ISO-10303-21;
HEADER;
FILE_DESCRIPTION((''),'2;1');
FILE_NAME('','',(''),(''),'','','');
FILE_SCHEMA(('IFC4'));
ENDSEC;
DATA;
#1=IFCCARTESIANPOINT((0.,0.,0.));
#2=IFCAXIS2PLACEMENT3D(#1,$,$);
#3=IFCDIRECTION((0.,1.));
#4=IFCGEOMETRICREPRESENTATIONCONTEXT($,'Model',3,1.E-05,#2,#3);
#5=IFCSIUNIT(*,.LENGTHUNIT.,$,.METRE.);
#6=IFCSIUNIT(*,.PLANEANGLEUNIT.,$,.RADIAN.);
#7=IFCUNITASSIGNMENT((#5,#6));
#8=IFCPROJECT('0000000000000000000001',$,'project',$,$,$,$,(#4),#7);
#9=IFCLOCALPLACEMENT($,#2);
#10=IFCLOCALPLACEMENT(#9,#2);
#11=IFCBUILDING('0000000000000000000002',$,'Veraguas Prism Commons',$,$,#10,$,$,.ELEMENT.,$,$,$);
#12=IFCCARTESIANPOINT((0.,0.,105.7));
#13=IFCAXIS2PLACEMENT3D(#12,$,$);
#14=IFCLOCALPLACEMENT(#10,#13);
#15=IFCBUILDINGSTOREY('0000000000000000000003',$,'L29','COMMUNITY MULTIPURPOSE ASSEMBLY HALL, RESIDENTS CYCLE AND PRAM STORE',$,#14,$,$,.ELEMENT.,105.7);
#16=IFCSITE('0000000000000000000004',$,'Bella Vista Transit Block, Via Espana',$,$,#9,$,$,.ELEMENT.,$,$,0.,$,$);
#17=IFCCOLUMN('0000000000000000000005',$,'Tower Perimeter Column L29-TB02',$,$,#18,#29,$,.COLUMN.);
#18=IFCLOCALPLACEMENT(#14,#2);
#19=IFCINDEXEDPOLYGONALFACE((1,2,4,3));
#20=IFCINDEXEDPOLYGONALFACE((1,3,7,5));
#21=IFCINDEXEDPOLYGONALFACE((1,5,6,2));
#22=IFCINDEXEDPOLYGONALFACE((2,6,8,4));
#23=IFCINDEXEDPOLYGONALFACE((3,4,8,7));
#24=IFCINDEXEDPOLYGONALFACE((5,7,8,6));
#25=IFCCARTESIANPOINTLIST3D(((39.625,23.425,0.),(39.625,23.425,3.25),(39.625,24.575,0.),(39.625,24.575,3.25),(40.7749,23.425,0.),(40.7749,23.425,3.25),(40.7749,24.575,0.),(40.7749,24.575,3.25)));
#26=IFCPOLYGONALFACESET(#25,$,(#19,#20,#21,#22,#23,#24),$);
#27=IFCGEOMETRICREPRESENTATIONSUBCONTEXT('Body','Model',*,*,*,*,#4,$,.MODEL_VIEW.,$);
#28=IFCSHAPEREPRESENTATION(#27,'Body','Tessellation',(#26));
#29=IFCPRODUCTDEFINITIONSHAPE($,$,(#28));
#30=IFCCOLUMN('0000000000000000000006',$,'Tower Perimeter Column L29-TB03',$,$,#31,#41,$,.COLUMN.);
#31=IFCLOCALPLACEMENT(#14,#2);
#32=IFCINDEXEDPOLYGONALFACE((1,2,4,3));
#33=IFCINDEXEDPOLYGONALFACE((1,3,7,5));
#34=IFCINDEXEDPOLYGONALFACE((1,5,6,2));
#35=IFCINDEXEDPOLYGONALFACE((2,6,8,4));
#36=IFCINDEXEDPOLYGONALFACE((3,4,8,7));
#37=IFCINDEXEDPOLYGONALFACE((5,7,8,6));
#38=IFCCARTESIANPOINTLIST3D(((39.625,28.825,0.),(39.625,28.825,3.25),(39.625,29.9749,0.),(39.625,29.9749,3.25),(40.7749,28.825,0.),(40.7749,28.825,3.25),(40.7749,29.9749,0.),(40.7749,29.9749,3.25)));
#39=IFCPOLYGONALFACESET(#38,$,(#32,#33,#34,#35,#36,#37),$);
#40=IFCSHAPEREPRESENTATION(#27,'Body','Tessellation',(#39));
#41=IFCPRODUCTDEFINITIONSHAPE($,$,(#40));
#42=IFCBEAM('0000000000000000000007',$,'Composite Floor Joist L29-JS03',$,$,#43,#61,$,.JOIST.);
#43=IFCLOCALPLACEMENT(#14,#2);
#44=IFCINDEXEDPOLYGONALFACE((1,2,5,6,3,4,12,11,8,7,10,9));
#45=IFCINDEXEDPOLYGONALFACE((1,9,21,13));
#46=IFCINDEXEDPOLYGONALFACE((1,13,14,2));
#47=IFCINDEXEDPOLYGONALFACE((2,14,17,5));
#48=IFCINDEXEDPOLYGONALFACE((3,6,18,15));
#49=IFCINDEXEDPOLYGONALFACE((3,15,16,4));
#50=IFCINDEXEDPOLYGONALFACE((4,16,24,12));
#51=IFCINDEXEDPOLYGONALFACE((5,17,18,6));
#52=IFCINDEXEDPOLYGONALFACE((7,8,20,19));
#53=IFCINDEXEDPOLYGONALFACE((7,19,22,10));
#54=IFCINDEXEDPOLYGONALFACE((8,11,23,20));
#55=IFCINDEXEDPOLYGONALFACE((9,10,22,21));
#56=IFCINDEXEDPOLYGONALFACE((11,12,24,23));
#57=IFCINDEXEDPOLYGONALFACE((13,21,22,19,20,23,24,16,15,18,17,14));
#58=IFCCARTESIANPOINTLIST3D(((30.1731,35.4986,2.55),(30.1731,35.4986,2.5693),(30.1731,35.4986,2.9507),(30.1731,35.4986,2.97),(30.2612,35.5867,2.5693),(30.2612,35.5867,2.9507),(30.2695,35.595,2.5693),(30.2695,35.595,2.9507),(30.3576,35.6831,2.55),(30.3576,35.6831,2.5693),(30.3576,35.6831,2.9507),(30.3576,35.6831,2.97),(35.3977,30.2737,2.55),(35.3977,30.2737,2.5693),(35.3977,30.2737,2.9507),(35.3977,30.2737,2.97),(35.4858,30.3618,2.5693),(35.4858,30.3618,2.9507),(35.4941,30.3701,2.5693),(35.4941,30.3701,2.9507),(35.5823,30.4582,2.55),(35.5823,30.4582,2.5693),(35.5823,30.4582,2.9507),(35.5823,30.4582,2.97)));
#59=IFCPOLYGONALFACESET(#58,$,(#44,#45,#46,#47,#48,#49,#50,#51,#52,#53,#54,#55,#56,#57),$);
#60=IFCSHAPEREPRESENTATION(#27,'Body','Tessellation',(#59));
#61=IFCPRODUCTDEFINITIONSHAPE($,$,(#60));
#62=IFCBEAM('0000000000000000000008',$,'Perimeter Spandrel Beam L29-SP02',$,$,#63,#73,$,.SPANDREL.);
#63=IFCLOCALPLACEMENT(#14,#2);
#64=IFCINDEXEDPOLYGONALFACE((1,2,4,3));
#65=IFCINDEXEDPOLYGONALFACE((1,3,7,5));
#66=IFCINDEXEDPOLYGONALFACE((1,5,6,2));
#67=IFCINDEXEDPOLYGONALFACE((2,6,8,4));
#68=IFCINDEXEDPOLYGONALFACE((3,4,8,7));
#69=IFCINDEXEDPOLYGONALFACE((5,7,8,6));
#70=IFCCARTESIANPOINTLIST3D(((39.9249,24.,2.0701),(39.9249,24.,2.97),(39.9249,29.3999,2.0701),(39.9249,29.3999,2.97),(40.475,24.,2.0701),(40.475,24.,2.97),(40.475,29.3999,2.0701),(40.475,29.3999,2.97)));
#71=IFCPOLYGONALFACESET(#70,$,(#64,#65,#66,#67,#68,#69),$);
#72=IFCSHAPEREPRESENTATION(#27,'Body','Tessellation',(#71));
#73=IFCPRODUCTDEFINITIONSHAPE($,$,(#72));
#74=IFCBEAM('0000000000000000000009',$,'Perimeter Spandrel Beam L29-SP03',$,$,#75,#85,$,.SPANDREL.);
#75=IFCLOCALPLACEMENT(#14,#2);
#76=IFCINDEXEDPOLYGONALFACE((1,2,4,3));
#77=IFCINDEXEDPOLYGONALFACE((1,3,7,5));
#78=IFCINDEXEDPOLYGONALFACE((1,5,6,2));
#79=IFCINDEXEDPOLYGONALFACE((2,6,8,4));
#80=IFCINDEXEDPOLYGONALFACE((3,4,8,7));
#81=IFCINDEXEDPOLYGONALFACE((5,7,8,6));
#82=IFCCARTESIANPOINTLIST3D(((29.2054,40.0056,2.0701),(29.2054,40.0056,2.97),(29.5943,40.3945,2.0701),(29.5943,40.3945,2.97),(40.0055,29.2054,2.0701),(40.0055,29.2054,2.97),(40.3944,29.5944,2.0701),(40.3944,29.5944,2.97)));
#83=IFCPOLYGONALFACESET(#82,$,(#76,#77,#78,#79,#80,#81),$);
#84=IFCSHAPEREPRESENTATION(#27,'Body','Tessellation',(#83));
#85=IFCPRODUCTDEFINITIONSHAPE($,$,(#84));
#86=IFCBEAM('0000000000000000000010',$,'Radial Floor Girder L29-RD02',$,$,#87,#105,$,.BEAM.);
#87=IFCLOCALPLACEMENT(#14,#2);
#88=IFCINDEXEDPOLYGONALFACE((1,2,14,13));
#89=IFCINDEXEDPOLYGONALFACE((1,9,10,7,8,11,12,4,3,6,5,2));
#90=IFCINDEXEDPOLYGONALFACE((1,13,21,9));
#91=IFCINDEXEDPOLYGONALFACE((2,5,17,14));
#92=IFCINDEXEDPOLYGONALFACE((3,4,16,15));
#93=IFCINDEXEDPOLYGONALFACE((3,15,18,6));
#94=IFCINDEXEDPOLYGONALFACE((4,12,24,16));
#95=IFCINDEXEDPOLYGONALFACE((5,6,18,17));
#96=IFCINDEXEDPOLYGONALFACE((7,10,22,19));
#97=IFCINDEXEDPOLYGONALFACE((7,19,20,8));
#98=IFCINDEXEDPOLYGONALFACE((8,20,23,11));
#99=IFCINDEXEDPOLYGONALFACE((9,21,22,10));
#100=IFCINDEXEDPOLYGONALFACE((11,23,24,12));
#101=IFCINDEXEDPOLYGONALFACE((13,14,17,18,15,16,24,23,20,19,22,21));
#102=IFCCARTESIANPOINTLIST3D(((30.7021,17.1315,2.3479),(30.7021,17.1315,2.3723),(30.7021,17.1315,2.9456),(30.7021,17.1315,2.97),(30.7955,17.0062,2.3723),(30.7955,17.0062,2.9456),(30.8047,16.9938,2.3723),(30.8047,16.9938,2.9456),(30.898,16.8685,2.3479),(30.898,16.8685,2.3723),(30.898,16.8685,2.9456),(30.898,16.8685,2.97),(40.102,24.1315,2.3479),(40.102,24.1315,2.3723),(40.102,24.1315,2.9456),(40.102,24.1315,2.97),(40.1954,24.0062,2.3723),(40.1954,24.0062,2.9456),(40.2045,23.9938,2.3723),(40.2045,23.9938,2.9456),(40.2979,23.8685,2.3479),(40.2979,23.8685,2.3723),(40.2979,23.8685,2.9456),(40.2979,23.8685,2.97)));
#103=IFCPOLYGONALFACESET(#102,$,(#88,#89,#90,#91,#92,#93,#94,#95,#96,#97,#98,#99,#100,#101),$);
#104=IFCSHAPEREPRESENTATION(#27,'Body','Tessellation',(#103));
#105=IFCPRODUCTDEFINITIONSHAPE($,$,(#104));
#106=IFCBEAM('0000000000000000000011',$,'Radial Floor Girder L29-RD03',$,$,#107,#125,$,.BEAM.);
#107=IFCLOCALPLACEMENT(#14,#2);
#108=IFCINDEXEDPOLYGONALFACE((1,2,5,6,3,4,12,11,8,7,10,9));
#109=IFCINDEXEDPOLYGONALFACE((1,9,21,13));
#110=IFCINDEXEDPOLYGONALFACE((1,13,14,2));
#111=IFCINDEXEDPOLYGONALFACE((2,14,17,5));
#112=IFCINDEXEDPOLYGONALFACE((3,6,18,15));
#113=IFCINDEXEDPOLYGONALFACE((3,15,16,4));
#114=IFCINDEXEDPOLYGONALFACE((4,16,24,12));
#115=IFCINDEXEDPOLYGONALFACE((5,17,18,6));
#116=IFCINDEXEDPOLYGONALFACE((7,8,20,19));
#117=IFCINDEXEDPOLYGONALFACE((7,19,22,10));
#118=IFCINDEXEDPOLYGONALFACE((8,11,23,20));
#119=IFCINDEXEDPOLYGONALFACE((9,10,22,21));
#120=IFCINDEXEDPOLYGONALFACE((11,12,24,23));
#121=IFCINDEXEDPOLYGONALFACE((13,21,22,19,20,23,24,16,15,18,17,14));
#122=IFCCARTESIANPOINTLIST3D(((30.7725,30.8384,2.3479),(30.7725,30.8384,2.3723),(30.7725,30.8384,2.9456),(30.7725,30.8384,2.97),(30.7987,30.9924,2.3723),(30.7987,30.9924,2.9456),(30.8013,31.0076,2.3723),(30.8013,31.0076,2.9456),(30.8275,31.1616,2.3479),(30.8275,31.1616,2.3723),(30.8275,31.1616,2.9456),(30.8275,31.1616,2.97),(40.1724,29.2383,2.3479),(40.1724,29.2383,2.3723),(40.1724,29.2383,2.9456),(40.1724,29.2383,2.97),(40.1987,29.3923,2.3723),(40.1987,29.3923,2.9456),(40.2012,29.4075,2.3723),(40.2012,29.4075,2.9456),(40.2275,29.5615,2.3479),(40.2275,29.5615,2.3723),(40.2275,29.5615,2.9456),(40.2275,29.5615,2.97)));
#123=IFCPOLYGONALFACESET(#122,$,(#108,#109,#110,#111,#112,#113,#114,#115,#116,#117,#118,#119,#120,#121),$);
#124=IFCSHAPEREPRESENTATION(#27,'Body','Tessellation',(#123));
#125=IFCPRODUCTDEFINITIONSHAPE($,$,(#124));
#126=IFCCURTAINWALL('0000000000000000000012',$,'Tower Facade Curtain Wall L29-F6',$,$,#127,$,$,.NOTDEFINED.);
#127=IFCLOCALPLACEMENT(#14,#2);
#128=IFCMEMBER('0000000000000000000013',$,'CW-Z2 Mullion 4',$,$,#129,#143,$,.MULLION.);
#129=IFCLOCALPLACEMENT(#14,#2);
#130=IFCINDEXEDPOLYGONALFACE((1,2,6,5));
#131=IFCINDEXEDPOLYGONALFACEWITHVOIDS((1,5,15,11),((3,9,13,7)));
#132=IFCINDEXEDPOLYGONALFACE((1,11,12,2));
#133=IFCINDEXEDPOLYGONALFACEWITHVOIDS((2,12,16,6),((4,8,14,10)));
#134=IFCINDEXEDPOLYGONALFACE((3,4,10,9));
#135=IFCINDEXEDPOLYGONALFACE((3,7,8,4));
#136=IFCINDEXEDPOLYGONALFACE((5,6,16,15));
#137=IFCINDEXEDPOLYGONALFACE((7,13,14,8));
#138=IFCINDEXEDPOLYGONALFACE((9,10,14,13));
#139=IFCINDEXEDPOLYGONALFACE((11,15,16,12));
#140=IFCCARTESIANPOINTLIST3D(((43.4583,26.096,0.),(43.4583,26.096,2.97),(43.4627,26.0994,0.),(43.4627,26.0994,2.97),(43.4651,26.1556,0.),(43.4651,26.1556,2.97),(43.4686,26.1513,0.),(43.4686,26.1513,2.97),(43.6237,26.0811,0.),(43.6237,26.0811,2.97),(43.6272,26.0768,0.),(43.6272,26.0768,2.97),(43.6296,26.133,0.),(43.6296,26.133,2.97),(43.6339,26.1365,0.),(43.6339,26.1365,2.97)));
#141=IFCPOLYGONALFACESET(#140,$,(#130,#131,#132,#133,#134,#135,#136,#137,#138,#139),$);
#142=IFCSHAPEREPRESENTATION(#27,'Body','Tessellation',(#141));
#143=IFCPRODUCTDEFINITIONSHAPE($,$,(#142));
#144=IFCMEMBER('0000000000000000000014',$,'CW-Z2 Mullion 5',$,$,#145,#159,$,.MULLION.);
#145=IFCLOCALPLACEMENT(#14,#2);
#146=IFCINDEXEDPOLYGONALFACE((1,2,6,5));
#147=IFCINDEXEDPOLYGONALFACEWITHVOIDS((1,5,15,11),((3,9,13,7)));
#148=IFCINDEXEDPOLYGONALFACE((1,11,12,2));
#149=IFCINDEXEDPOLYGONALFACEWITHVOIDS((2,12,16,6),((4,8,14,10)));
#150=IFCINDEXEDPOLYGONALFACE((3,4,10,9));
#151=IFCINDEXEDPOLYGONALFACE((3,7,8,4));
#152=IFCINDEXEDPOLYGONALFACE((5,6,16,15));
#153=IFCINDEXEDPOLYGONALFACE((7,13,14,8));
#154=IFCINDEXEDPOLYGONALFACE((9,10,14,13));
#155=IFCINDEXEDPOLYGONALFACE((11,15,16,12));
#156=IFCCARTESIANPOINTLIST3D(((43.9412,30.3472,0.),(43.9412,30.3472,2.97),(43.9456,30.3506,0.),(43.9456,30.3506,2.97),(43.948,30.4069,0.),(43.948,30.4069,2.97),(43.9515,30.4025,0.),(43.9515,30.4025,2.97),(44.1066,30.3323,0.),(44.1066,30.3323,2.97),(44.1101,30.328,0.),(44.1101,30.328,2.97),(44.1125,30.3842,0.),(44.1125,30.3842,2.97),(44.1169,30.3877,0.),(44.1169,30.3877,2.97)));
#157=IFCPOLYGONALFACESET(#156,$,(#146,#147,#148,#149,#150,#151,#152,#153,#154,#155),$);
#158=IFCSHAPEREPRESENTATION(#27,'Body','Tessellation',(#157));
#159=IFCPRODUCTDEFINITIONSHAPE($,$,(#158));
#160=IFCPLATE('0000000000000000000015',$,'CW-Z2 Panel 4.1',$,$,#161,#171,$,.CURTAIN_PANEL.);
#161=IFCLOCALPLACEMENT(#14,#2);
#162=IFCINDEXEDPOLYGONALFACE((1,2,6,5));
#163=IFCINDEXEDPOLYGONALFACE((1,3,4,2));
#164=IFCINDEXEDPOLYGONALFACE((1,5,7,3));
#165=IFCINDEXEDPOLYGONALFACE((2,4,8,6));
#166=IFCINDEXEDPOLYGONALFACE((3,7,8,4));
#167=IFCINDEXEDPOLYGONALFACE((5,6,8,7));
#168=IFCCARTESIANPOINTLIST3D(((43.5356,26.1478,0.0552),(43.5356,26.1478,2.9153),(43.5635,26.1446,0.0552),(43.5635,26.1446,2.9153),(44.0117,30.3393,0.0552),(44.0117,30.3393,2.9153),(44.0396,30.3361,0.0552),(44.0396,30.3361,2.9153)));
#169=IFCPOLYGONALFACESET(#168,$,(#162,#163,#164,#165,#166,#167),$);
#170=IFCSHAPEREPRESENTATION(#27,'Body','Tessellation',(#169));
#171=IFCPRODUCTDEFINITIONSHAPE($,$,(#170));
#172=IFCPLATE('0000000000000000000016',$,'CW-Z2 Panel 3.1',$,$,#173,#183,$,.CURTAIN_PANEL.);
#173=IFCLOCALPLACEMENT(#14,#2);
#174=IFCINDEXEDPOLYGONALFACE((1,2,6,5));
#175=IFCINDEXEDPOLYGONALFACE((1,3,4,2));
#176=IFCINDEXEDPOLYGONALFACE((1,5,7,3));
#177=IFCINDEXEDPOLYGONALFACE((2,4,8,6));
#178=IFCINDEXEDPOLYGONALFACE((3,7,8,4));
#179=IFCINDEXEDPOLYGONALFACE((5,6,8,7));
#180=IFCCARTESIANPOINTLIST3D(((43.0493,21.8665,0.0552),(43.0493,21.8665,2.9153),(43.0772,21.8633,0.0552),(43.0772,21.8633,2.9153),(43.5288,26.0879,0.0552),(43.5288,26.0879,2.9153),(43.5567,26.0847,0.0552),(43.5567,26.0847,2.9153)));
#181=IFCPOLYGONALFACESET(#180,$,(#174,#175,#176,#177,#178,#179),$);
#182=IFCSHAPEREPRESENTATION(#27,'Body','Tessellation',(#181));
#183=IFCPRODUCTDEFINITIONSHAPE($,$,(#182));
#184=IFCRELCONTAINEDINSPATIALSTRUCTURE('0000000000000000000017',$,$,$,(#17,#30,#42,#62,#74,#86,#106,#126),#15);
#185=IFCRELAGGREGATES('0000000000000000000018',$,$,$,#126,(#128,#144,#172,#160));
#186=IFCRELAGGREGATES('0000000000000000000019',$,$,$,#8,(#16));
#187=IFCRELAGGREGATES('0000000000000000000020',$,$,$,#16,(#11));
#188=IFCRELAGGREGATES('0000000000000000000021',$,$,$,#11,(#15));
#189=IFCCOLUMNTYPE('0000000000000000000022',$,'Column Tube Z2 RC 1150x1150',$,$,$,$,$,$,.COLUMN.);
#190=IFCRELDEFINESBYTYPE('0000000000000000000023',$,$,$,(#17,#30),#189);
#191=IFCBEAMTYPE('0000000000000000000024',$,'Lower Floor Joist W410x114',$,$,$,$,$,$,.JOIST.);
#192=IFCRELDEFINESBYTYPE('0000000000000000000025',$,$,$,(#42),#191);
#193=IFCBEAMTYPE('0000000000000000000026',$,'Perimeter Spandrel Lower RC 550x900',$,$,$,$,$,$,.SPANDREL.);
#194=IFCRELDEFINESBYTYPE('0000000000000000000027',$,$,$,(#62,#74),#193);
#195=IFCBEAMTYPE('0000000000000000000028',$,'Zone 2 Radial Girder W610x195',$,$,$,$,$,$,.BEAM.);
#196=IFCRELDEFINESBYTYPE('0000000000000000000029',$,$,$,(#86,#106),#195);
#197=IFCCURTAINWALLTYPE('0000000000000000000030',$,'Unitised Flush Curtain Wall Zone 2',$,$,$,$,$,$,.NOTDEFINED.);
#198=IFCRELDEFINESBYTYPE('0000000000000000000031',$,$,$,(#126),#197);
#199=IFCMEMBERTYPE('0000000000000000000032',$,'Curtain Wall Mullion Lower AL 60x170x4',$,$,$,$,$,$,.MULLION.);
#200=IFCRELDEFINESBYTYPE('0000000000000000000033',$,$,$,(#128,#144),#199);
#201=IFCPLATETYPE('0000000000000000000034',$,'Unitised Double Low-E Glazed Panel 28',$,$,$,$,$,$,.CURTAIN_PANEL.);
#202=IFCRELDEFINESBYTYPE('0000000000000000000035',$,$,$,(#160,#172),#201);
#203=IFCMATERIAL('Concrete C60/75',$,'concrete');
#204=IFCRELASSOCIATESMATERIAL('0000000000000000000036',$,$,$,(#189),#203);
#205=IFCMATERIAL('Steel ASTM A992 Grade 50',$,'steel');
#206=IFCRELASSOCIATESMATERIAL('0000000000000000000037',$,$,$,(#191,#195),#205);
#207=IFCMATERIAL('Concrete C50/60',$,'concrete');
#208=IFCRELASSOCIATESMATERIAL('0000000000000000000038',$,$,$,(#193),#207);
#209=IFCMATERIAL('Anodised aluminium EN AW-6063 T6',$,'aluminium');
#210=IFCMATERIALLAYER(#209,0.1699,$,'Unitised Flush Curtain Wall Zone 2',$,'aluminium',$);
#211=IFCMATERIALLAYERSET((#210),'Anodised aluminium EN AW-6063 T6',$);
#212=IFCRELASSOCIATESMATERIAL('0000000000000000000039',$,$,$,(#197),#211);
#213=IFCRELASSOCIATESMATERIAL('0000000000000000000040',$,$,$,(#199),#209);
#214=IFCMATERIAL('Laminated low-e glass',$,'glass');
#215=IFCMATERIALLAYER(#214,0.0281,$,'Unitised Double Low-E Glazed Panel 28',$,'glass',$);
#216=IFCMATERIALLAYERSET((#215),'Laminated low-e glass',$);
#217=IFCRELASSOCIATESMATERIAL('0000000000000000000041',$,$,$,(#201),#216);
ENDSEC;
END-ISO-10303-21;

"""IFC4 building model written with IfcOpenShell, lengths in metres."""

from ifc_helpers import new_model, si_unit, direction, frame, origin, origin_2d, place, context, subcontext, project, spatial, rectangle, hollow_rectangle, i_section, extrude, source, transform, mapped, material, layer, layer_set, material_profile, profile_set, type_object, element, aggregate, save


model = new_model("IFC4")

# Units and contexts
model_context = context("Model", 3, precision=1e-05, world=origin(), true_north=direction((0.0, 1.0)))
body_context = subcontext(model_context, "Body", "Model", "MODEL_VIEW")
ifc_project = project(units=[si_unit("LENGTHUNIT", "METRE"), si_unit("PLANEANGLEUNIT", "RADIAN")], contexts=[model_context])

# Site, building, storey
site_placement = place(None, origin())
site = spatial("IfcSite", under=ifc_project, at=site_placement, Name="Bella Vista Transit Block, Via Espana", CompositionType="ELEMENT", RefElevation=0.0)
building_placement = place(site_placement, origin())
building = spatial("IfcBuilding", under=site, at=building_placement, Name="Veraguas Prism Commons", CompositionType="ELEMENT")
storey_placement = place(building_placement, frame((0.0, 0.0, 105.7)))
storey = spatial("IfcBuildingStorey", under=building, at=storey_placement, Name="L29", Description="COMMUNITY MULTIPURPOSE ASSEMBLY HALL, RESIDENTS CYCLE AND PRAM STORE", CompositionType="ELEMENT", Elevation=105.7)

# Columns
ifc_material_1 = material(Name="Concrete C60/75", Category="concrete")
ifc_material_profile_1 = material_profile(ifc_material_1, rectangle(XDim=1.1499, YDim=1.1499, at=origin_2d()), Name="RC1150X1150")
ifc_profile_set_1 = profile_set([ifc_material_profile_1], Name="Concrete C60/75")
column_type = type_object("IfcColumnType", Name="Column Tube Z2 RC 1150x1150", PredefinedType="COLUMN", material=ifc_profile_set_1)
for number, where, z_axis, x_axis, name in (
    (1, (40.2, 24.0, 0.0), (0.0, 0.0, 1.0), (1.0, 0.0, 0.0), "Tower Perimeter Column L29-TB02"),
    (2, (40.2, 29.3999, 0.0), (0.0, 0.0, 1.0), (1.0, 0.0, 0.0), "Tower Perimeter Column L29-TB03"),
):
    element("IfcColumn", number, at=place(storey_placement, frame(where, z_axis=z_axis, x_axis=x_axis)), inside=storey, type_object=column_type, Name=name, PredefinedType="COLUMN", context=body_context, shape_type="SweptSolid", body=[
        extrude(rectangle(XDim=1.1499, YDim=1.1499, at=origin_2d()), origin(), (0.0, 0.0, 1.0), 3.25),
    ])

# Beams
ifc_material_2 = material(Name="Steel ASTM A992 Grade 50", Category="steel")
ifc_material_profile_2 = material_profile(ifc_material_2, i_section(OverallWidth=0.261, OverallDepth=0.4199, WebThickness=0.0117, FlangeThickness=0.0193, at=origin_2d()), Name="W410X114")
ifc_profile_set_2 = profile_set([ifc_material_profile_2], Name="Steel ASTM A992 Grade 50")
beam_type_1 = type_object("IfcBeamType", Name="Lower Floor Joist W410x114", PredefinedType="JOIST", material=ifc_profile_set_2)
beam_1_placement = place(storey_placement, frame((35.49, 30.366, 2.76), z_axis=(-0.70709, 0.707123, 0.0), x_axis=(-0.707123, -0.70709, 0.0)))
element("IfcBeam", 3, at=beam_1_placement, inside=storey, type_object=beam_type_1, Name="Composite Floor Joist L29-JS03", PredefinedType="JOIST", context=body_context, shape_type="SweptSolid", body=[
    extrude(i_section(OverallWidth=0.261, OverallDepth=0.4199, WebThickness=0.0117, FlangeThickness=0.0193, at=origin_2d()), origin(), (0.0, 0.0, 1.0), 7.3889),
])
ifc_material_3 = material(Name="Concrete C50/60", Category="concrete")
ifc_material_profile_3 = material_profile(ifc_material_3, rectangle(XDim=0.55, YDim=0.8999, at=origin_2d()), Name="RC550X900")
ifc_profile_set_3 = profile_set([ifc_material_profile_3], Name="Concrete C50/60")
beam_type_2 = type_object("IfcBeamType", Name="Perimeter Spandrel Lower RC 550x900", PredefinedType="SPANDREL", material=ifc_profile_set_3)
beam_2_placement = place(storey_placement, frame((40.2, 24.0, 2.52), z_axis=(0.0, 1.0, 0.0), x_axis=(-1.0, 0.0, 0.0)))
element("IfcBeam", 4, at=beam_2_placement, inside=storey, type_object=beam_type_2, Name="Perimeter Spandrel Beam L29-SP02", PredefinedType="SPANDREL", context=body_context, shape_type="SweptSolid", body=[
    extrude(rectangle(XDim=0.55, YDim=0.8999, at=origin_2d()), origin(), (0.0, 0.0, 1.0), 5.3999),
])
beam_3_placement = place(storey_placement, frame((40.2, 29.3999, 2.52), z_axis=(-0.707107, 0.707107, 0.0), x_axis=(-0.707107, -0.707107, 0.0)))
element("IfcBeam", 5, at=beam_3_placement, inside=storey, type_object=beam_type_2, Name="Perimeter Spandrel Beam L29-SP03", PredefinedType="SPANDREL", context=body_context, shape_type="SweptSolid", body=[
    extrude(rectangle(XDim=0.55, YDim=0.8999, at=origin_2d()), origin(), (0.0, 0.0, 1.0), 15.2737),
])
ifc_material_profile_4 = material_profile(ifc_material_2, i_section(OverallWidth=0.3279, OverallDepth=0.6221, WebThickness=0.0154, FlangeThickness=0.0244, at=origin_2d()), Name="W610X195")
ifc_profile_set_4 = profile_set([ifc_material_profile_4], Name="Steel ASTM A992 Grade 50")
beam_type_3 = type_object("IfcBeamType", Name="Zone 2 Radial Girder W610x195", PredefinedType="BEAM", material=ifc_profile_set_4)
beam_4_placement = place(storey_placement, frame((40.2, 24.0, 2.6589), z_axis=(-0.80204, -0.59727, 0.0), x_axis=(0.59727, -0.80204, 0.0)))
element("IfcBeam", 6, at=beam_4_placement, inside=storey, type_object=beam_type_3, Name="Radial Floor Girder L29-RD02", PredefinedType="BEAM", context=body_context, shape_type="SweptSolid", body=[
    extrude(i_section(OverallWidth=0.3279, OverallDepth=0.6221, WebThickness=0.0154, FlangeThickness=0.0244, at=origin_2d()), origin(), (0.0, 0.0, 1.0), 11.72),
])
beam_5_placement = place(storey_placement, frame((40.2, 29.3999, 2.6589), z_axis=(-0.985819, 0.167811, 0.0), x_axis=(-0.167811, -0.985819, 0.0)))
element("IfcBeam", 7, at=beam_5_placement, inside=storey, type_object=beam_type_3, Name="Radial Floor Girder L29-RD03", PredefinedType="BEAM", context=body_context, shape_type="SweptSolid", body=[
    extrude(i_section(OverallWidth=0.3279, OverallDepth=0.6221, WebThickness=0.0154, FlangeThickness=0.0244, at=origin_2d()), origin(), (0.0, 0.0, 1.0), 9.5352),
])

# Curtain wall, members, plates
ifc_material_4 = material(Name="Anodised aluminium EN AW-6063 T6", Category="aluminium")
ifc_layer_1 = layer(ifc_material_4, 0.1699, Name="Unitised Flush Curtain Wall Zone 2", Category="aluminium")
ifc_layer_set_1 = layer_set([ifc_layer_1], Name="Anodised aluminium EN AW-6063 T6")
curtain_wall_type = type_object("IfcCurtainWallType", Name="Unitised Flush Curtain Wall Zone 2", PredefinedType="NOTDEFINED", material=ifc_layer_set_1)
curtain_wall_placement = place(storey_placement, origin())
curtain_wall = element("IfcCurtainWall", 8, at=curtain_wall_placement, inside=storey, type_object=curtain_wall_type, Name="Tower Facade Curtain Wall L29-F6", PredefinedType="NOTDEFINED")
ifc_material_profile_5 = material_profile(ifc_material_4, hollow_rectangle(XDim=0.0601, YDim=0.1699, WallThickness=0.0039, at=origin_2d()), Name="AL60X170X4")
ifc_profile_set_5 = profile_set([ifc_material_profile_5], Name="Anodised aluminium EN AW-6063 T6")
member_type = type_object("IfcMemberType", Name="Curtain Wall Mullion Lower AL 60x170x4", PredefinedType="MULLION", material=ifc_profile_set_5)
shared_shape_1 = source(origin(), body_context, "Body", "SweptSolid", [
    extrude(hollow_rectangle(XDim=0.0601, YDim=0.1699, WallThickness=0.0039, at=origin_2d()), origin(), (0.0, 0.0, 1.0), 2.97),
])
member_1_placement = place(storey_placement, frame((43.5461, 26.1162, 0.0), z_axis=(0.0, 0.0, 1.0), x_axis=(0.112856, 0.993611, 0.0)))
member_1 = element("IfcMember", 9, at=member_1_placement, type_object=member_type, Name="CW-Z2 Mullion 4", PredefinedType="MULLION", context=body_context, shape_type="MappedRepresentation", body=[
    mapped(shared_shape_1, transform((0.0, 0.0, 0.0), scale=1.0)),
])
member_2_placement = place(storey_placement, frame((44.0291, 30.3674, 0.0), z_axis=(0.0, 0.0, 1.0), x_axis=(0.112856, 0.993611, 0.0)))
member_2 = element("IfcMember", 10, at=member_2_placement, type_object=member_type, Name="CW-Z2 Mullion 5", PredefinedType="MULLION", context=body_context, shape_type="MappedRepresentation", body=[
    mapped(shared_shape_1, transform((0.0, 0.0, 0.0), scale=1.0)),
])
ifc_material_5 = material(Name="Laminated low-e glass", Category="glass")
ifc_layer_2 = layer(ifc_material_5, 0.0281, Name="Unitised Double Low-E Glazed Panel 28", Category="glass")
ifc_layer_set_2 = layer_set([ifc_layer_2], Name="Laminated low-e glass")
plate_type = type_object("IfcPlateType", Name="Unitised Double Low-E Glazed Panel 28", PredefinedType="CURTAIN_PANEL", material=ifc_layer_set_2)
shared_shape_2 = source(origin(), body_context, "Body", "SweptSolid", [
    extrude(rectangle(XDim=4.2185, YDim=0.0281, at=origin_2d()), origin(), (0.0, 0.0, 1.0), 2.8601),
])
plate_1_placement = place(storey_placement, frame((43.7876, 28.2419, 0.0552), z_axis=(0.0, 0.0, 1.0), x_axis=(0.112856, 0.993611, 0.0)))
plate_1 = element("IfcPlate", 11, at=plate_1_placement, type_object=plate_type, Name="CW-Z2 Panel 4.1", PredefinedType="CURTAIN_PANEL", context=body_context, shape_type="MappedRepresentation", body=[
    mapped(shared_shape_2, transform((0.0, 0.0, 0.0), scale=1.0)),
])
shared_shape_3 = source(origin(), body_context, "Body", "SweptSolid", [
    extrude(rectangle(XDim=4.2485, YDim=0.0281, at=origin_2d()), origin(), (0.0, 0.0, 1.0), 2.8601),
])
plate_2_placement = place(storey_placement, frame((43.303, 23.9756, 0.0552), z_axis=(0.0, 0.0, 1.0), x_axis=(0.112856, 0.993611, 0.0)))
plate_2 = element("IfcPlate", 12, at=plate_2_placement, type_object=plate_type, Name="CW-Z2 Panel 3.1", PredefinedType="CURTAIN_PANEL", context=body_context, shape_type="MappedRepresentation", body=[
    mapped(shared_shape_3, transform((0.0, 0.0, 0.0), scale=1.0)),
])
aggregate(curtain_wall, [member_1, member_2, plate_2, plate_1])

save(model, "model.ifc")
